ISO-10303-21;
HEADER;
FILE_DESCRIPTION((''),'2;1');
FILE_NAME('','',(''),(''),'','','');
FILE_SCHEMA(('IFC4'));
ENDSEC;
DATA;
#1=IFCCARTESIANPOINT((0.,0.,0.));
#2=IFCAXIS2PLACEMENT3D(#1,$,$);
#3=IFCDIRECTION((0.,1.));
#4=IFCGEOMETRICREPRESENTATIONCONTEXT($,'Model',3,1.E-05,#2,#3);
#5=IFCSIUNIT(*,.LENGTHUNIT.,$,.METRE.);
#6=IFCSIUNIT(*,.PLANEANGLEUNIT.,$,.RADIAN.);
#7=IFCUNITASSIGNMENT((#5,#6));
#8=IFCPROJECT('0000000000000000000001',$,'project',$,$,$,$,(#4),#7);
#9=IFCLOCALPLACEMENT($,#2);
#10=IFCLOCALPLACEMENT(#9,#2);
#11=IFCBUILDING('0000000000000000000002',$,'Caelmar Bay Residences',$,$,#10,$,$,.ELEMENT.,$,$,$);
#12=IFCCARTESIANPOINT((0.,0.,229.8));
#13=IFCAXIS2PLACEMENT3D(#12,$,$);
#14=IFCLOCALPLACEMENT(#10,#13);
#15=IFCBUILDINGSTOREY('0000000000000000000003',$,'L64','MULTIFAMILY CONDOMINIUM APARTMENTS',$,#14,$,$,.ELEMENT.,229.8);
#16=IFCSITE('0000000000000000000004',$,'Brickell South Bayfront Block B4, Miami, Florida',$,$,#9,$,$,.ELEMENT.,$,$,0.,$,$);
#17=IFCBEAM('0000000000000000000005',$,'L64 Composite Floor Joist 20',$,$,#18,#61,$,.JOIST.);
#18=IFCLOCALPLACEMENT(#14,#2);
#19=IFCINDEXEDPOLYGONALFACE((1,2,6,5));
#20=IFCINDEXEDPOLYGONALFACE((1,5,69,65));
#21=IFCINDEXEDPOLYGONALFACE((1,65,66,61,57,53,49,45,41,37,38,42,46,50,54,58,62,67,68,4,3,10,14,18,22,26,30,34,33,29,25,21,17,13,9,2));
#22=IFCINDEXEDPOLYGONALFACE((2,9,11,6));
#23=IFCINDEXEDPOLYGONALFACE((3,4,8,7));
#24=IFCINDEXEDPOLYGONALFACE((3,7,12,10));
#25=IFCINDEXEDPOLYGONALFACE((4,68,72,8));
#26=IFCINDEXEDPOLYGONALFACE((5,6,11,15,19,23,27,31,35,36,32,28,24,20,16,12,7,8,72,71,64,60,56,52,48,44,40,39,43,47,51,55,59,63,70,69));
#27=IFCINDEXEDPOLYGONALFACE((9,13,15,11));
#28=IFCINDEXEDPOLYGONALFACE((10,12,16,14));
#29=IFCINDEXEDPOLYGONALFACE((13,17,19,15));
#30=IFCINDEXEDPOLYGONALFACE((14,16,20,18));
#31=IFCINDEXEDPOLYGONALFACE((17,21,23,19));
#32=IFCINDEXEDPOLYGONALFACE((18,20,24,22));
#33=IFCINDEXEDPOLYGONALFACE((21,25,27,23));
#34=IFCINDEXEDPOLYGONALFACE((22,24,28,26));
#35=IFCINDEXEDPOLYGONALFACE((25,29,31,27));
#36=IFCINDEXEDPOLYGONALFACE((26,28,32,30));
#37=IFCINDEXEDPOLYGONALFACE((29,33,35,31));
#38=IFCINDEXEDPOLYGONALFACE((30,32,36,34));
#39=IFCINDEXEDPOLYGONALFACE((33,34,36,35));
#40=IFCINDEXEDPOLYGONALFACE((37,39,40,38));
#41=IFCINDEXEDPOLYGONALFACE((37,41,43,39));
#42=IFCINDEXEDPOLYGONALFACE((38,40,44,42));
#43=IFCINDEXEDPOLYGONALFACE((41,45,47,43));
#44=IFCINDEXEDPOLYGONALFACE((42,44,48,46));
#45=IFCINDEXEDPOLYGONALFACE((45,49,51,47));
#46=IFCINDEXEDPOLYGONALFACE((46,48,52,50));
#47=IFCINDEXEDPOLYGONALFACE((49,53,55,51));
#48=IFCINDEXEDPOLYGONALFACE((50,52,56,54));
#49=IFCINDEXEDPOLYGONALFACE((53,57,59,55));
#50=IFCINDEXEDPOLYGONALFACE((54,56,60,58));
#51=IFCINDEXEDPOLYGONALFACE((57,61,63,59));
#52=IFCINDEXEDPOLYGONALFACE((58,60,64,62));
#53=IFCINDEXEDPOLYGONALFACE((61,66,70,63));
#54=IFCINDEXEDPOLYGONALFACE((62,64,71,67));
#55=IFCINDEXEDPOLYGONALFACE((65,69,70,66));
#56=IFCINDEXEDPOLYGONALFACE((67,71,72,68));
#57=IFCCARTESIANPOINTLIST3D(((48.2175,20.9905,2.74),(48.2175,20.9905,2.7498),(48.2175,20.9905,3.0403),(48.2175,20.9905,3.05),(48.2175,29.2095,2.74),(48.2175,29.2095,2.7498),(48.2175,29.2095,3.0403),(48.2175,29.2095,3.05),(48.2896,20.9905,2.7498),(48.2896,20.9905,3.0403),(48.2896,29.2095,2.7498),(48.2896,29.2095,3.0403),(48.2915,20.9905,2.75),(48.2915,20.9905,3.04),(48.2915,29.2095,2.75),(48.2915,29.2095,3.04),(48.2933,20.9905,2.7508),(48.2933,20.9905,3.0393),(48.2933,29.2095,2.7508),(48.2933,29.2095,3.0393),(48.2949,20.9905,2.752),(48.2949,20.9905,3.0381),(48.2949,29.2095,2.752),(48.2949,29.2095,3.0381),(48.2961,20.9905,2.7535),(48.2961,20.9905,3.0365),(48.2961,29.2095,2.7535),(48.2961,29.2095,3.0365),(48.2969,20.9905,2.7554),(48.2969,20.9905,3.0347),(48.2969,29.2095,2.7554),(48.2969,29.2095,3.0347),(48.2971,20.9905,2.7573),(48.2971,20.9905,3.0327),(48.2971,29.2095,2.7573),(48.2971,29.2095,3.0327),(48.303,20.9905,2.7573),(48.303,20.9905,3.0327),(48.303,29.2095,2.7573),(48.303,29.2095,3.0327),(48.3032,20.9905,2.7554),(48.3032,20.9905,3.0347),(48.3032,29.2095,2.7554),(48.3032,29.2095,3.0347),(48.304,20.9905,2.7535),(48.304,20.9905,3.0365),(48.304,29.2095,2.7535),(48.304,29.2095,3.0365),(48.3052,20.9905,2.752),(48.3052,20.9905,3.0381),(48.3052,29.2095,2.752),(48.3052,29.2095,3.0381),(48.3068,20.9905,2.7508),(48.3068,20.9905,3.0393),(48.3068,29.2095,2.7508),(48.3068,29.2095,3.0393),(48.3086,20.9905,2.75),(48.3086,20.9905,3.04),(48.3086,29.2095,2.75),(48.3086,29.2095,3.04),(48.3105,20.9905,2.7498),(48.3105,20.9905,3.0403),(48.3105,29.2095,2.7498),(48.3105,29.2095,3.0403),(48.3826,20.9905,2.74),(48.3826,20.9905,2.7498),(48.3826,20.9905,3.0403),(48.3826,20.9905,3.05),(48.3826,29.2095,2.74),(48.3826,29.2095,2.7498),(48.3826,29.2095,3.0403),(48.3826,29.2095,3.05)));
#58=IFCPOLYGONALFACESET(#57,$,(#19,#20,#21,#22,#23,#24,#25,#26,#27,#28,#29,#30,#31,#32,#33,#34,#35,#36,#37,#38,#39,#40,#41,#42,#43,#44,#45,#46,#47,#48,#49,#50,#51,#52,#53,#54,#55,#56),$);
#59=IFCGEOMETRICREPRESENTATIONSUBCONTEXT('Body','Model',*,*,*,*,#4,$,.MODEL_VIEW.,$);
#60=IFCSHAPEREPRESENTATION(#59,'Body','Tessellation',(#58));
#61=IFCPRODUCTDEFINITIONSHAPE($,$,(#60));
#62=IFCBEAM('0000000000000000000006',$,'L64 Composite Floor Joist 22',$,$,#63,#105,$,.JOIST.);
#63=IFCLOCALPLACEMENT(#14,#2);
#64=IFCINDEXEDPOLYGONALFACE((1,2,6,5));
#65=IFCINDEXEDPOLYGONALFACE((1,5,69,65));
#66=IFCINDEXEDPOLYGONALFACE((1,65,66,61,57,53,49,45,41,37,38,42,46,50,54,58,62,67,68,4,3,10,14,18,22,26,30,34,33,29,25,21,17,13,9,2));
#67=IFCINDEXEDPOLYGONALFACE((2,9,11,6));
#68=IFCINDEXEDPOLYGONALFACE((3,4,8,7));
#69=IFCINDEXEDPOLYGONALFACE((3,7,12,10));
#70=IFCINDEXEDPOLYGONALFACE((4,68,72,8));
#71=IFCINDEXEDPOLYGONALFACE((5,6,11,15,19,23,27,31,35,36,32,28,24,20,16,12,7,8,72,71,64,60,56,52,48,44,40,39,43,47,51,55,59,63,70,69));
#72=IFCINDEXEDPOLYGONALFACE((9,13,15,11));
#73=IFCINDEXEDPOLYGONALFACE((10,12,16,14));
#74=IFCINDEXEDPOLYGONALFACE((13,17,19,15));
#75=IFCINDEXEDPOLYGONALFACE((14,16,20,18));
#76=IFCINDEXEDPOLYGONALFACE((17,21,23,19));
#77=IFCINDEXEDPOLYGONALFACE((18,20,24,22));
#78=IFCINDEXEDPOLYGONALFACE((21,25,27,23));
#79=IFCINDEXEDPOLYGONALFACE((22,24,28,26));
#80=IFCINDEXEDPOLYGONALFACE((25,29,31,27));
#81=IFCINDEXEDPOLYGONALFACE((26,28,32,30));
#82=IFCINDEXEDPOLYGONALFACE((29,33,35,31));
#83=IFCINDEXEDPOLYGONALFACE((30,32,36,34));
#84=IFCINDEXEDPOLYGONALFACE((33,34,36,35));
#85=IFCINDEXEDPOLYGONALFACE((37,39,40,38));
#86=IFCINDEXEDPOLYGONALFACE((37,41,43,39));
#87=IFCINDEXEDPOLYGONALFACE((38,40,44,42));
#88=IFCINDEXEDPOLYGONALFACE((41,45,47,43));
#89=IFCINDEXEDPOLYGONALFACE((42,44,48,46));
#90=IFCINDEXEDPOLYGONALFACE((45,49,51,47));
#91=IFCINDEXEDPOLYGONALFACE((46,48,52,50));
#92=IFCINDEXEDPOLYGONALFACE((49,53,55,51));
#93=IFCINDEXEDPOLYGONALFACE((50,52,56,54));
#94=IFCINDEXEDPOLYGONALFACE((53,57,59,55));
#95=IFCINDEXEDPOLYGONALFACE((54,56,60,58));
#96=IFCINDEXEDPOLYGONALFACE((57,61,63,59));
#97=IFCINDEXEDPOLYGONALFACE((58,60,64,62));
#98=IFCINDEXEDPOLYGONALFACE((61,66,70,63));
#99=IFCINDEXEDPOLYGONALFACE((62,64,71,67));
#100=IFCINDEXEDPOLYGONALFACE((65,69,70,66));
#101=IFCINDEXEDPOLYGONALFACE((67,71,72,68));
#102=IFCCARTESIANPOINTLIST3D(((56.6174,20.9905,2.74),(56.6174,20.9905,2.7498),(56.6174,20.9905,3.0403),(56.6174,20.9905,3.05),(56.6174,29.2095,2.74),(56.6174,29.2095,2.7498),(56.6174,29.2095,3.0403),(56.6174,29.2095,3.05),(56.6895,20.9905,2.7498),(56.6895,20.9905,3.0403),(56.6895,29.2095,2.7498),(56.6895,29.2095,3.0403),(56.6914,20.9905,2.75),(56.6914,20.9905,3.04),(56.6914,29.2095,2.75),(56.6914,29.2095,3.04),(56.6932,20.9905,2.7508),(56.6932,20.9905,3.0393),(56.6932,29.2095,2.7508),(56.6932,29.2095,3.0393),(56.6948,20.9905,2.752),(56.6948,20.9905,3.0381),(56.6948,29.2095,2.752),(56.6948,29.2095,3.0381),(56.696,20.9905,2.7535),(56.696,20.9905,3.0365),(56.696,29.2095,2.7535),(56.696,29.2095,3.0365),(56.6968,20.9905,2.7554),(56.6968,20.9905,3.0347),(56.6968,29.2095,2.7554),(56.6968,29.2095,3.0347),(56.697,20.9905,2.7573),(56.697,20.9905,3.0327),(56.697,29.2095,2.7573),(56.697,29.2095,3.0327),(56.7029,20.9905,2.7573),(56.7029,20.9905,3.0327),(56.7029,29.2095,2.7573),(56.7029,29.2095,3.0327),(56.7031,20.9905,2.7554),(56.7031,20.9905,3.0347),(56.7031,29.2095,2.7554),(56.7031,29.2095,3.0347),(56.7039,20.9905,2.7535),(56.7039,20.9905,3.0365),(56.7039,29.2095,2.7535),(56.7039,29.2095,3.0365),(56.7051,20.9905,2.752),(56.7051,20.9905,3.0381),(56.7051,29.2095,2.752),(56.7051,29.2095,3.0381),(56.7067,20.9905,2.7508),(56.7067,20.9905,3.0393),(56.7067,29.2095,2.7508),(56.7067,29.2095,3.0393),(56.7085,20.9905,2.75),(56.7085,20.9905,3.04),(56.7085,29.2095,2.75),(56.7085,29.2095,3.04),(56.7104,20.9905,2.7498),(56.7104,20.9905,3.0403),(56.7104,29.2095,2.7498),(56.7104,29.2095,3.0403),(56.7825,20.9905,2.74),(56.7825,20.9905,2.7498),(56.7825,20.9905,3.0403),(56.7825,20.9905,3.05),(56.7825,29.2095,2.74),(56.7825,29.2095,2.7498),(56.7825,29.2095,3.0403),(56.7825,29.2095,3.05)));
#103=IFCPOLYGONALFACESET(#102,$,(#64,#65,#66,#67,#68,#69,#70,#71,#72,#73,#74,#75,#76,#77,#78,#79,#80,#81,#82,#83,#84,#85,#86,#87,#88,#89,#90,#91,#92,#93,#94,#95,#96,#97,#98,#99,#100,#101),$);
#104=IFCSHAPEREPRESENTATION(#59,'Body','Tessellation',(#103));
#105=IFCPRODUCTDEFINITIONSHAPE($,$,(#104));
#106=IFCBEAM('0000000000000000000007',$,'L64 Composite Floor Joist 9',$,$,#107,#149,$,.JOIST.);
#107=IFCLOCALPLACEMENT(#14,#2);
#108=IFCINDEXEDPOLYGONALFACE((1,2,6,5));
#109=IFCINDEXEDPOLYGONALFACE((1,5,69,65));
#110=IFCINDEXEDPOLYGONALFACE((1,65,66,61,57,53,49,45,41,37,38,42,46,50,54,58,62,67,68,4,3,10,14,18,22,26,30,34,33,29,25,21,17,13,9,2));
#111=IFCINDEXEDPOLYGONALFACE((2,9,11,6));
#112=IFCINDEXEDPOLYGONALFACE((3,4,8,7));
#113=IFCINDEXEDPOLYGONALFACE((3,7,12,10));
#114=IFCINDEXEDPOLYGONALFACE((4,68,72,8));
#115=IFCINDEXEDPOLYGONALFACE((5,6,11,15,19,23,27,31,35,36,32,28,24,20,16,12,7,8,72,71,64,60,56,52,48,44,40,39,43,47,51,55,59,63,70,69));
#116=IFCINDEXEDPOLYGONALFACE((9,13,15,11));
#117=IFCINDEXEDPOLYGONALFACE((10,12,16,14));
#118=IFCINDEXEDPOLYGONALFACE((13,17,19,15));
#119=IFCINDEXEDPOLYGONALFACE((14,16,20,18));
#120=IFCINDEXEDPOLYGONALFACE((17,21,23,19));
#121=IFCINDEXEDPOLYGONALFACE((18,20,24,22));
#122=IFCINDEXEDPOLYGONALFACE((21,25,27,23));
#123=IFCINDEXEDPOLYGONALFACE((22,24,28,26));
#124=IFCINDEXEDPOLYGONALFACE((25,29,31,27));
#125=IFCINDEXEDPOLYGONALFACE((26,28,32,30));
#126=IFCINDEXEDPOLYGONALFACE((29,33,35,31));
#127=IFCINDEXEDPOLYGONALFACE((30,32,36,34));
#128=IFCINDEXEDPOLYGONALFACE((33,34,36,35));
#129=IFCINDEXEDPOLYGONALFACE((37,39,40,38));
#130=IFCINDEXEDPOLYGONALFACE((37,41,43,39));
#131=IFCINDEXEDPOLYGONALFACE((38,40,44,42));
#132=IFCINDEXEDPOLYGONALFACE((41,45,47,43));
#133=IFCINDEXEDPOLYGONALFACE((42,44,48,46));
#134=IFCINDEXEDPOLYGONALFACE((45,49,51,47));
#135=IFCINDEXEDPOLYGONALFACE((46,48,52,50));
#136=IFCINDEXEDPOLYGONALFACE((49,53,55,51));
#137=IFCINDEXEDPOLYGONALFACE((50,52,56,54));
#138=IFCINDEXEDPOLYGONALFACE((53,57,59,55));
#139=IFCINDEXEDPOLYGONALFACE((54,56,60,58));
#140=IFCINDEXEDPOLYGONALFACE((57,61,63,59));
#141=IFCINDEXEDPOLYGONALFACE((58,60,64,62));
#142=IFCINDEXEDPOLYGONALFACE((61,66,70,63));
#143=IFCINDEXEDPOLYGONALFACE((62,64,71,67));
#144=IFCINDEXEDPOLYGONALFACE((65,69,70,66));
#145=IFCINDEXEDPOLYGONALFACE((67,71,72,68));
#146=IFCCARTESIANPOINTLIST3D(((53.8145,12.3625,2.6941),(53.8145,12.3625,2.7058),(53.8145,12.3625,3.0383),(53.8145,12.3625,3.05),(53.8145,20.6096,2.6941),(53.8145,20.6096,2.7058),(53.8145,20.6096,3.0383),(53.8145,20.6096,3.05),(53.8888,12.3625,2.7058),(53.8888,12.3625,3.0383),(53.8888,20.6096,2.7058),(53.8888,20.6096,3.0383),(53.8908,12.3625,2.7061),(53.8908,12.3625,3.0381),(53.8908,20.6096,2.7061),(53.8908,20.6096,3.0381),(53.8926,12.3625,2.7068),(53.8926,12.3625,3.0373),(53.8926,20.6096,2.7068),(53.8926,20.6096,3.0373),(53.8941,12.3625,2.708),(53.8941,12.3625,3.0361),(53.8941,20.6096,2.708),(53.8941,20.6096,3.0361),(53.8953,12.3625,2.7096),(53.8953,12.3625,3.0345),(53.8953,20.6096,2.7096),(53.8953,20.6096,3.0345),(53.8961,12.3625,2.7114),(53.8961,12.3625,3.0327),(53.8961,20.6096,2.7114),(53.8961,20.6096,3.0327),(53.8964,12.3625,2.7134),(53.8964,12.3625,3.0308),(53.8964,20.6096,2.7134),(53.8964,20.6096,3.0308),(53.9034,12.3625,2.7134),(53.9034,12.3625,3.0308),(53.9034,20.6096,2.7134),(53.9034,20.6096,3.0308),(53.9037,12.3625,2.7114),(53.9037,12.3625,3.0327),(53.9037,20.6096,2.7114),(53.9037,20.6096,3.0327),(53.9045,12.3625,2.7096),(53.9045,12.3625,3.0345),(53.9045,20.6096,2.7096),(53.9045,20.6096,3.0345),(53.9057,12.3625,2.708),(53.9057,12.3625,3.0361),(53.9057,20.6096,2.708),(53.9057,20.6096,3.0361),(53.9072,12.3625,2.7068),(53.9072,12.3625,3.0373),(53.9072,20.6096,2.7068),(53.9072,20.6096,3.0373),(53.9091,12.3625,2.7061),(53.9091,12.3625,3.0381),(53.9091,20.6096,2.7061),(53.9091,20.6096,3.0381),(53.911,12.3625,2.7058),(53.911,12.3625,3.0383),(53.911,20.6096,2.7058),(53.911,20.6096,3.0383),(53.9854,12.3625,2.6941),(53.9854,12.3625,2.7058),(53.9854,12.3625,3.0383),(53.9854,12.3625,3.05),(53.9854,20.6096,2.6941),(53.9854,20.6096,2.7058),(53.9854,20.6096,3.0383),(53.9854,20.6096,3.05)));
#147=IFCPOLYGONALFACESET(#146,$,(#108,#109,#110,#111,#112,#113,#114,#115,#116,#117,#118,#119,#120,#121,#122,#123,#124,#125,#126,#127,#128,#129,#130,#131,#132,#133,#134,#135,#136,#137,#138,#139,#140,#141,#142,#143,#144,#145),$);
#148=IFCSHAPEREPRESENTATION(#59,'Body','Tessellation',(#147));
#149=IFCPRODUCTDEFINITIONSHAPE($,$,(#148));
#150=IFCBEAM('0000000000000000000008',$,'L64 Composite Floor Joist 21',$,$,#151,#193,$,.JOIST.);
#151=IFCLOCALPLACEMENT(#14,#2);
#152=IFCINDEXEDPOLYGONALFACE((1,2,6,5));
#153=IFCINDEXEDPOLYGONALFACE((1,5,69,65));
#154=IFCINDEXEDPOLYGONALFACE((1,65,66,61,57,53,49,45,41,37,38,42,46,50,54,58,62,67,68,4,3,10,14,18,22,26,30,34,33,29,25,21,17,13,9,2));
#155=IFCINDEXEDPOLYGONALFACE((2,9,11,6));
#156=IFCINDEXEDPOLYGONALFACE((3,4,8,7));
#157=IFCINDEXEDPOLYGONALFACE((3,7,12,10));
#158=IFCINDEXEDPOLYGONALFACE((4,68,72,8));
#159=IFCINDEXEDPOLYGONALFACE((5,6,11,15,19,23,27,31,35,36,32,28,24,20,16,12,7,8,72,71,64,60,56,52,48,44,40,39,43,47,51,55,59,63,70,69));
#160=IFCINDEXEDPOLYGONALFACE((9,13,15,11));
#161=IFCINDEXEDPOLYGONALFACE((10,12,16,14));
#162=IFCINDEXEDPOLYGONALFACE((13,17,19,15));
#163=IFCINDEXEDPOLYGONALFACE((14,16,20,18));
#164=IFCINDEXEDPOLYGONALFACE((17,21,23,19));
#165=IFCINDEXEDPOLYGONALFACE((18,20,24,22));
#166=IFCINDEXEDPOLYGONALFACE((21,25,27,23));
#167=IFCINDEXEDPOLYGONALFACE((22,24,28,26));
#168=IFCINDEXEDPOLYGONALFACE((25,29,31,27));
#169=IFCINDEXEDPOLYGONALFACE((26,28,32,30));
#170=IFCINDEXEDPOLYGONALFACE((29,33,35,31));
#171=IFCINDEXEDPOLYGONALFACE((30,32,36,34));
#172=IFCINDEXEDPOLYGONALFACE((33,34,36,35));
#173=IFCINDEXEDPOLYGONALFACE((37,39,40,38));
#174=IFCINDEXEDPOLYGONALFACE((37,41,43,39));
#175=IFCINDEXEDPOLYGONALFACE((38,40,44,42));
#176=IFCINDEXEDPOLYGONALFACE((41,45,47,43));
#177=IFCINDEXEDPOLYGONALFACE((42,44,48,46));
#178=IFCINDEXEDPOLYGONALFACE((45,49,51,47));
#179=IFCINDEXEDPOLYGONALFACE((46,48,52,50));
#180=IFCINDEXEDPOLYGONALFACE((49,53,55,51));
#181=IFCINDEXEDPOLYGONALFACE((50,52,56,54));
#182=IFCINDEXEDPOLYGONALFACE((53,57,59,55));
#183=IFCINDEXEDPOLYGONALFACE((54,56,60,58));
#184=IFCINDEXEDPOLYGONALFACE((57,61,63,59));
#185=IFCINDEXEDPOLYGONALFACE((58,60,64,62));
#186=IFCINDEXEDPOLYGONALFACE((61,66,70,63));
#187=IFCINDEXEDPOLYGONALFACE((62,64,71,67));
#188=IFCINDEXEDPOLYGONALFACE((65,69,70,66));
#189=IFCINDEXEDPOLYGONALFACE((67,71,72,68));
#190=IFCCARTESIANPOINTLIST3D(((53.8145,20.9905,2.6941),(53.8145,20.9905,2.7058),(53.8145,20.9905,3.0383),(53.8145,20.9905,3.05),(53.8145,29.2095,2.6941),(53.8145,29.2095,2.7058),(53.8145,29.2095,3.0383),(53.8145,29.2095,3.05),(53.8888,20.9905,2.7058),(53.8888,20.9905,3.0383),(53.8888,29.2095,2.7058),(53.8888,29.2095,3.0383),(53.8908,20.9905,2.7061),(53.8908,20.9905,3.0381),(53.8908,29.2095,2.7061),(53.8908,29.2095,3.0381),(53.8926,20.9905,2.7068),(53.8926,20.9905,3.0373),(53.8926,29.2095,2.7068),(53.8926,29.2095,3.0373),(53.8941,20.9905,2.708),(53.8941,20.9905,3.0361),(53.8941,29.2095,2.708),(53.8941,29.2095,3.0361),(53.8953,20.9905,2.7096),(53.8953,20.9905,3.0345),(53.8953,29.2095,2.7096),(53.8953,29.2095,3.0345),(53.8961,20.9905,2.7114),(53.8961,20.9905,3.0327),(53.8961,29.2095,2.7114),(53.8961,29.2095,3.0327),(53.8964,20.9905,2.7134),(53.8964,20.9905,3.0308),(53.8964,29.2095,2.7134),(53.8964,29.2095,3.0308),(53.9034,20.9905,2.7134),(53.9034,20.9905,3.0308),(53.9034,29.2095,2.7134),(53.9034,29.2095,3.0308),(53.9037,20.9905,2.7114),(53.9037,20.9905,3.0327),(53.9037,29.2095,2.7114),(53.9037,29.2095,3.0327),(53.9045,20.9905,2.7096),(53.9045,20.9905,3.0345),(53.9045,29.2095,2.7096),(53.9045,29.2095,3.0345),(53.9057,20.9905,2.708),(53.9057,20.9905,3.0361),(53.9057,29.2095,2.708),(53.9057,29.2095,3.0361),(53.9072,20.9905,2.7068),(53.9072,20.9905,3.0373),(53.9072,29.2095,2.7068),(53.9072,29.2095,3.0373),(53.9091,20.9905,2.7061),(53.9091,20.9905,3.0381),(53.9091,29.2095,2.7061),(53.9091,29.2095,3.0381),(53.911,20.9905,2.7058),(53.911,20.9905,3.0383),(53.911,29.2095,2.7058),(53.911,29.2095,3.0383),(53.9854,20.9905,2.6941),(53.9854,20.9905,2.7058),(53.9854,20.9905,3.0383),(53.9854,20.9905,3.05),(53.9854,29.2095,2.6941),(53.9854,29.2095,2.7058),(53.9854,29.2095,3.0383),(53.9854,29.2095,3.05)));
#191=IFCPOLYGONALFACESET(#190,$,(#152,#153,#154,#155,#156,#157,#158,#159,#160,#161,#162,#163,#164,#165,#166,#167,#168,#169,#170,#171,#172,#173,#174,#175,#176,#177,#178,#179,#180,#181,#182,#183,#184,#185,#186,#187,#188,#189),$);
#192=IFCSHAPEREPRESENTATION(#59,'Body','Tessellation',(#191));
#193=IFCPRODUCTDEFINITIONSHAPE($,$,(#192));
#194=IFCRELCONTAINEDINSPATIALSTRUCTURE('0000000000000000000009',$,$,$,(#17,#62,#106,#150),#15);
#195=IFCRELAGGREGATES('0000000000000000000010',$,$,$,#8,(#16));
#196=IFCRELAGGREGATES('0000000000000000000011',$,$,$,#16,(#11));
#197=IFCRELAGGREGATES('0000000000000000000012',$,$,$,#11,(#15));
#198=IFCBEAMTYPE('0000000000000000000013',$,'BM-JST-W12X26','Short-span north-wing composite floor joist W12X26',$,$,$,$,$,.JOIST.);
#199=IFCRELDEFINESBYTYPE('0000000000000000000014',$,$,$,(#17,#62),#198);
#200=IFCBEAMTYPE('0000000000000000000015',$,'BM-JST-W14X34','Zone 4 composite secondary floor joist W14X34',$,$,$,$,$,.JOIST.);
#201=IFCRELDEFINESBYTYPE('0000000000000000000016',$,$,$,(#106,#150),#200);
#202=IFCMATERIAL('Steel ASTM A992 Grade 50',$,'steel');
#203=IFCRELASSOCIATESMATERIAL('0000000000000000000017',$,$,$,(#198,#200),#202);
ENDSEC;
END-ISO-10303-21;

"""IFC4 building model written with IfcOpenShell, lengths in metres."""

from ifc_helpers import new_model, si_unit, direction, frame, origin, origin_2d, place, context, subcontext, project, spatial, i_section, extrude, material, material_profile, profile_set, type_object, element, save


model = new_model("IFC4")

# Units and contexts
model_context = context("Model", 3, precision=1e-05, world=origin(), true_north=direction((0.0, 1.0)))
body_context = subcontext(model_context, "Body", "Model", "MODEL_VIEW")
ifc_project = project(units=[si_unit("LENGTHUNIT", "METRE"), si_unit("PLANEANGLEUNIT", "RADIAN")], contexts=[model_context])

# Site, building, storey
site_placement = place(None, origin())
site = spatial("IfcSite", under=ifc_project, at=site_placement, Name="Brickell South Bayfront Block B4, Miami, Florida", CompositionType="ELEMENT", RefElevation=0.0)
building_placement = place(site_placement, origin())
building = spatial("IfcBuilding", under=site, at=building_placement, Name="Caelmar Bay Residences", CompositionType="ELEMENT")
storey_placement = place(building_placement, frame((0.0, 0.0, 229.8)))
storey = spatial("IfcBuildingStorey", under=building, at=storey_placement, Name="L64", Description="MULTIFAMILY CONDOMINIUM APARTMENTS", CompositionType="ELEMENT", Elevation=229.8)

# Beams
ifc_material_1 = material(Name="Steel ASTM A992 Grade 50", Category="steel")
ifc_material_profile_1 = material_profile(ifc_material_1, i_section(OverallWidth=0.165, OverallDepth=0.3101, WebThickness=0.0059, FlangeThickness=0.0098, FilletRadius=0.0076, at=origin_2d()), Name="W12X26")
ifc_profile_set_1 = profile_set([ifc_material_profile_1], Name="Steel ASTM A992 Grade 50")
beam_type_1 = type_object("IfcBeamType", Name="BM-JST-W12X26", Description="Short-span north-wing composite floor joist W12X26", PredefinedType="JOIST", material=ifc_profile_set_1)
for number, where, z_axis, x_axis, name in (
    (1, (48.3, 20.9905, 2.895), (0.0, 1.0, 0.0), (-1.0, 0.0, 0.0), "L64 Composite Floor Joist 20"),
    (2, (56.7, 20.9905, 2.895), (0.0, 1.0, 0.0), (-1.0, 0.0, 0.0), "L64 Composite Floor Joist 22"),
):
    element("IfcBeam", number, at=place(storey_placement, frame(where, z_axis=z_axis, x_axis=x_axis)), inside=storey, type_object=beam_type_1, Name=name, PredefinedType="JOIST", context=body_context, shape_type="SweptSolid", body=[
        extrude(i_section(OverallWidth=0.165, OverallDepth=0.3101, WebThickness=0.0059, FlangeThickness=0.0098, FilletRadius=0.0076, at=origin_2d()), origin(), (0.0, 0.0, 1.0), 8.219),
    ])
ifc_material_profile_2 = material_profile(ifc_material_1, i_section(OverallWidth=0.1709, OverallDepth=0.356, WebThickness=0.0071, FlangeThickness=0.0117, FilletRadius=0.0076, at=origin_2d()), Name="W14X34")
ifc_profile_set_2 = profile_set([ifc_material_profile_2], Name="Steel ASTM A992 Grade 50")
beam_type_2 = type_object("IfcBeamType", Name="BM-JST-W14X34", Description="Zone 4 composite secondary floor joist W14X34", PredefinedType="JOIST", material=ifc_profile_set_2)
beam_1_placement = place(storey_placement, frame((53.8999, 12.3625, 2.8721), z_axis=(0.0, 1.0, 0.0), x_axis=(-1.0, 0.0, 0.0)))
element("IfcBeam", 3, at=beam_1_placement, inside=storey, type_object=beam_type_2, Name="L64 Composite Floor Joist 9", PredefinedType="JOIST", context=body_context, shape_type="SweptSolid", body=[
    extrude(i_section(OverallWidth=0.1709, OverallDepth=0.356, WebThickness=0.0071, FlangeThickness=0.0117, FilletRadius=0.0076, at=origin_2d()), origin(), (0.0, 0.0, 1.0), 8.2471),
])
beam_2_placement = place(storey_placement, frame((53.8999, 20.9905, 2.8721), z_axis=(0.0, 1.0, 0.0), x_axis=(-1.0, 0.0, 0.0)))
element("IfcBeam", 4, at=beam_2_placement, inside=storey, type_object=beam_type_2, Name="L64 Composite Floor Joist 21", PredefinedType="JOIST", context=body_context, shape_type="SweptSolid", body=[
    extrude(i_section(OverallWidth=0.1709, OverallDepth=0.356, WebThickness=0.0071, FlangeThickness=0.0117, FilletRadius=0.0076, at=origin_2d()), origin(), (0.0, 0.0, 1.0), 8.219),
])

save(model, "model.ifc")
